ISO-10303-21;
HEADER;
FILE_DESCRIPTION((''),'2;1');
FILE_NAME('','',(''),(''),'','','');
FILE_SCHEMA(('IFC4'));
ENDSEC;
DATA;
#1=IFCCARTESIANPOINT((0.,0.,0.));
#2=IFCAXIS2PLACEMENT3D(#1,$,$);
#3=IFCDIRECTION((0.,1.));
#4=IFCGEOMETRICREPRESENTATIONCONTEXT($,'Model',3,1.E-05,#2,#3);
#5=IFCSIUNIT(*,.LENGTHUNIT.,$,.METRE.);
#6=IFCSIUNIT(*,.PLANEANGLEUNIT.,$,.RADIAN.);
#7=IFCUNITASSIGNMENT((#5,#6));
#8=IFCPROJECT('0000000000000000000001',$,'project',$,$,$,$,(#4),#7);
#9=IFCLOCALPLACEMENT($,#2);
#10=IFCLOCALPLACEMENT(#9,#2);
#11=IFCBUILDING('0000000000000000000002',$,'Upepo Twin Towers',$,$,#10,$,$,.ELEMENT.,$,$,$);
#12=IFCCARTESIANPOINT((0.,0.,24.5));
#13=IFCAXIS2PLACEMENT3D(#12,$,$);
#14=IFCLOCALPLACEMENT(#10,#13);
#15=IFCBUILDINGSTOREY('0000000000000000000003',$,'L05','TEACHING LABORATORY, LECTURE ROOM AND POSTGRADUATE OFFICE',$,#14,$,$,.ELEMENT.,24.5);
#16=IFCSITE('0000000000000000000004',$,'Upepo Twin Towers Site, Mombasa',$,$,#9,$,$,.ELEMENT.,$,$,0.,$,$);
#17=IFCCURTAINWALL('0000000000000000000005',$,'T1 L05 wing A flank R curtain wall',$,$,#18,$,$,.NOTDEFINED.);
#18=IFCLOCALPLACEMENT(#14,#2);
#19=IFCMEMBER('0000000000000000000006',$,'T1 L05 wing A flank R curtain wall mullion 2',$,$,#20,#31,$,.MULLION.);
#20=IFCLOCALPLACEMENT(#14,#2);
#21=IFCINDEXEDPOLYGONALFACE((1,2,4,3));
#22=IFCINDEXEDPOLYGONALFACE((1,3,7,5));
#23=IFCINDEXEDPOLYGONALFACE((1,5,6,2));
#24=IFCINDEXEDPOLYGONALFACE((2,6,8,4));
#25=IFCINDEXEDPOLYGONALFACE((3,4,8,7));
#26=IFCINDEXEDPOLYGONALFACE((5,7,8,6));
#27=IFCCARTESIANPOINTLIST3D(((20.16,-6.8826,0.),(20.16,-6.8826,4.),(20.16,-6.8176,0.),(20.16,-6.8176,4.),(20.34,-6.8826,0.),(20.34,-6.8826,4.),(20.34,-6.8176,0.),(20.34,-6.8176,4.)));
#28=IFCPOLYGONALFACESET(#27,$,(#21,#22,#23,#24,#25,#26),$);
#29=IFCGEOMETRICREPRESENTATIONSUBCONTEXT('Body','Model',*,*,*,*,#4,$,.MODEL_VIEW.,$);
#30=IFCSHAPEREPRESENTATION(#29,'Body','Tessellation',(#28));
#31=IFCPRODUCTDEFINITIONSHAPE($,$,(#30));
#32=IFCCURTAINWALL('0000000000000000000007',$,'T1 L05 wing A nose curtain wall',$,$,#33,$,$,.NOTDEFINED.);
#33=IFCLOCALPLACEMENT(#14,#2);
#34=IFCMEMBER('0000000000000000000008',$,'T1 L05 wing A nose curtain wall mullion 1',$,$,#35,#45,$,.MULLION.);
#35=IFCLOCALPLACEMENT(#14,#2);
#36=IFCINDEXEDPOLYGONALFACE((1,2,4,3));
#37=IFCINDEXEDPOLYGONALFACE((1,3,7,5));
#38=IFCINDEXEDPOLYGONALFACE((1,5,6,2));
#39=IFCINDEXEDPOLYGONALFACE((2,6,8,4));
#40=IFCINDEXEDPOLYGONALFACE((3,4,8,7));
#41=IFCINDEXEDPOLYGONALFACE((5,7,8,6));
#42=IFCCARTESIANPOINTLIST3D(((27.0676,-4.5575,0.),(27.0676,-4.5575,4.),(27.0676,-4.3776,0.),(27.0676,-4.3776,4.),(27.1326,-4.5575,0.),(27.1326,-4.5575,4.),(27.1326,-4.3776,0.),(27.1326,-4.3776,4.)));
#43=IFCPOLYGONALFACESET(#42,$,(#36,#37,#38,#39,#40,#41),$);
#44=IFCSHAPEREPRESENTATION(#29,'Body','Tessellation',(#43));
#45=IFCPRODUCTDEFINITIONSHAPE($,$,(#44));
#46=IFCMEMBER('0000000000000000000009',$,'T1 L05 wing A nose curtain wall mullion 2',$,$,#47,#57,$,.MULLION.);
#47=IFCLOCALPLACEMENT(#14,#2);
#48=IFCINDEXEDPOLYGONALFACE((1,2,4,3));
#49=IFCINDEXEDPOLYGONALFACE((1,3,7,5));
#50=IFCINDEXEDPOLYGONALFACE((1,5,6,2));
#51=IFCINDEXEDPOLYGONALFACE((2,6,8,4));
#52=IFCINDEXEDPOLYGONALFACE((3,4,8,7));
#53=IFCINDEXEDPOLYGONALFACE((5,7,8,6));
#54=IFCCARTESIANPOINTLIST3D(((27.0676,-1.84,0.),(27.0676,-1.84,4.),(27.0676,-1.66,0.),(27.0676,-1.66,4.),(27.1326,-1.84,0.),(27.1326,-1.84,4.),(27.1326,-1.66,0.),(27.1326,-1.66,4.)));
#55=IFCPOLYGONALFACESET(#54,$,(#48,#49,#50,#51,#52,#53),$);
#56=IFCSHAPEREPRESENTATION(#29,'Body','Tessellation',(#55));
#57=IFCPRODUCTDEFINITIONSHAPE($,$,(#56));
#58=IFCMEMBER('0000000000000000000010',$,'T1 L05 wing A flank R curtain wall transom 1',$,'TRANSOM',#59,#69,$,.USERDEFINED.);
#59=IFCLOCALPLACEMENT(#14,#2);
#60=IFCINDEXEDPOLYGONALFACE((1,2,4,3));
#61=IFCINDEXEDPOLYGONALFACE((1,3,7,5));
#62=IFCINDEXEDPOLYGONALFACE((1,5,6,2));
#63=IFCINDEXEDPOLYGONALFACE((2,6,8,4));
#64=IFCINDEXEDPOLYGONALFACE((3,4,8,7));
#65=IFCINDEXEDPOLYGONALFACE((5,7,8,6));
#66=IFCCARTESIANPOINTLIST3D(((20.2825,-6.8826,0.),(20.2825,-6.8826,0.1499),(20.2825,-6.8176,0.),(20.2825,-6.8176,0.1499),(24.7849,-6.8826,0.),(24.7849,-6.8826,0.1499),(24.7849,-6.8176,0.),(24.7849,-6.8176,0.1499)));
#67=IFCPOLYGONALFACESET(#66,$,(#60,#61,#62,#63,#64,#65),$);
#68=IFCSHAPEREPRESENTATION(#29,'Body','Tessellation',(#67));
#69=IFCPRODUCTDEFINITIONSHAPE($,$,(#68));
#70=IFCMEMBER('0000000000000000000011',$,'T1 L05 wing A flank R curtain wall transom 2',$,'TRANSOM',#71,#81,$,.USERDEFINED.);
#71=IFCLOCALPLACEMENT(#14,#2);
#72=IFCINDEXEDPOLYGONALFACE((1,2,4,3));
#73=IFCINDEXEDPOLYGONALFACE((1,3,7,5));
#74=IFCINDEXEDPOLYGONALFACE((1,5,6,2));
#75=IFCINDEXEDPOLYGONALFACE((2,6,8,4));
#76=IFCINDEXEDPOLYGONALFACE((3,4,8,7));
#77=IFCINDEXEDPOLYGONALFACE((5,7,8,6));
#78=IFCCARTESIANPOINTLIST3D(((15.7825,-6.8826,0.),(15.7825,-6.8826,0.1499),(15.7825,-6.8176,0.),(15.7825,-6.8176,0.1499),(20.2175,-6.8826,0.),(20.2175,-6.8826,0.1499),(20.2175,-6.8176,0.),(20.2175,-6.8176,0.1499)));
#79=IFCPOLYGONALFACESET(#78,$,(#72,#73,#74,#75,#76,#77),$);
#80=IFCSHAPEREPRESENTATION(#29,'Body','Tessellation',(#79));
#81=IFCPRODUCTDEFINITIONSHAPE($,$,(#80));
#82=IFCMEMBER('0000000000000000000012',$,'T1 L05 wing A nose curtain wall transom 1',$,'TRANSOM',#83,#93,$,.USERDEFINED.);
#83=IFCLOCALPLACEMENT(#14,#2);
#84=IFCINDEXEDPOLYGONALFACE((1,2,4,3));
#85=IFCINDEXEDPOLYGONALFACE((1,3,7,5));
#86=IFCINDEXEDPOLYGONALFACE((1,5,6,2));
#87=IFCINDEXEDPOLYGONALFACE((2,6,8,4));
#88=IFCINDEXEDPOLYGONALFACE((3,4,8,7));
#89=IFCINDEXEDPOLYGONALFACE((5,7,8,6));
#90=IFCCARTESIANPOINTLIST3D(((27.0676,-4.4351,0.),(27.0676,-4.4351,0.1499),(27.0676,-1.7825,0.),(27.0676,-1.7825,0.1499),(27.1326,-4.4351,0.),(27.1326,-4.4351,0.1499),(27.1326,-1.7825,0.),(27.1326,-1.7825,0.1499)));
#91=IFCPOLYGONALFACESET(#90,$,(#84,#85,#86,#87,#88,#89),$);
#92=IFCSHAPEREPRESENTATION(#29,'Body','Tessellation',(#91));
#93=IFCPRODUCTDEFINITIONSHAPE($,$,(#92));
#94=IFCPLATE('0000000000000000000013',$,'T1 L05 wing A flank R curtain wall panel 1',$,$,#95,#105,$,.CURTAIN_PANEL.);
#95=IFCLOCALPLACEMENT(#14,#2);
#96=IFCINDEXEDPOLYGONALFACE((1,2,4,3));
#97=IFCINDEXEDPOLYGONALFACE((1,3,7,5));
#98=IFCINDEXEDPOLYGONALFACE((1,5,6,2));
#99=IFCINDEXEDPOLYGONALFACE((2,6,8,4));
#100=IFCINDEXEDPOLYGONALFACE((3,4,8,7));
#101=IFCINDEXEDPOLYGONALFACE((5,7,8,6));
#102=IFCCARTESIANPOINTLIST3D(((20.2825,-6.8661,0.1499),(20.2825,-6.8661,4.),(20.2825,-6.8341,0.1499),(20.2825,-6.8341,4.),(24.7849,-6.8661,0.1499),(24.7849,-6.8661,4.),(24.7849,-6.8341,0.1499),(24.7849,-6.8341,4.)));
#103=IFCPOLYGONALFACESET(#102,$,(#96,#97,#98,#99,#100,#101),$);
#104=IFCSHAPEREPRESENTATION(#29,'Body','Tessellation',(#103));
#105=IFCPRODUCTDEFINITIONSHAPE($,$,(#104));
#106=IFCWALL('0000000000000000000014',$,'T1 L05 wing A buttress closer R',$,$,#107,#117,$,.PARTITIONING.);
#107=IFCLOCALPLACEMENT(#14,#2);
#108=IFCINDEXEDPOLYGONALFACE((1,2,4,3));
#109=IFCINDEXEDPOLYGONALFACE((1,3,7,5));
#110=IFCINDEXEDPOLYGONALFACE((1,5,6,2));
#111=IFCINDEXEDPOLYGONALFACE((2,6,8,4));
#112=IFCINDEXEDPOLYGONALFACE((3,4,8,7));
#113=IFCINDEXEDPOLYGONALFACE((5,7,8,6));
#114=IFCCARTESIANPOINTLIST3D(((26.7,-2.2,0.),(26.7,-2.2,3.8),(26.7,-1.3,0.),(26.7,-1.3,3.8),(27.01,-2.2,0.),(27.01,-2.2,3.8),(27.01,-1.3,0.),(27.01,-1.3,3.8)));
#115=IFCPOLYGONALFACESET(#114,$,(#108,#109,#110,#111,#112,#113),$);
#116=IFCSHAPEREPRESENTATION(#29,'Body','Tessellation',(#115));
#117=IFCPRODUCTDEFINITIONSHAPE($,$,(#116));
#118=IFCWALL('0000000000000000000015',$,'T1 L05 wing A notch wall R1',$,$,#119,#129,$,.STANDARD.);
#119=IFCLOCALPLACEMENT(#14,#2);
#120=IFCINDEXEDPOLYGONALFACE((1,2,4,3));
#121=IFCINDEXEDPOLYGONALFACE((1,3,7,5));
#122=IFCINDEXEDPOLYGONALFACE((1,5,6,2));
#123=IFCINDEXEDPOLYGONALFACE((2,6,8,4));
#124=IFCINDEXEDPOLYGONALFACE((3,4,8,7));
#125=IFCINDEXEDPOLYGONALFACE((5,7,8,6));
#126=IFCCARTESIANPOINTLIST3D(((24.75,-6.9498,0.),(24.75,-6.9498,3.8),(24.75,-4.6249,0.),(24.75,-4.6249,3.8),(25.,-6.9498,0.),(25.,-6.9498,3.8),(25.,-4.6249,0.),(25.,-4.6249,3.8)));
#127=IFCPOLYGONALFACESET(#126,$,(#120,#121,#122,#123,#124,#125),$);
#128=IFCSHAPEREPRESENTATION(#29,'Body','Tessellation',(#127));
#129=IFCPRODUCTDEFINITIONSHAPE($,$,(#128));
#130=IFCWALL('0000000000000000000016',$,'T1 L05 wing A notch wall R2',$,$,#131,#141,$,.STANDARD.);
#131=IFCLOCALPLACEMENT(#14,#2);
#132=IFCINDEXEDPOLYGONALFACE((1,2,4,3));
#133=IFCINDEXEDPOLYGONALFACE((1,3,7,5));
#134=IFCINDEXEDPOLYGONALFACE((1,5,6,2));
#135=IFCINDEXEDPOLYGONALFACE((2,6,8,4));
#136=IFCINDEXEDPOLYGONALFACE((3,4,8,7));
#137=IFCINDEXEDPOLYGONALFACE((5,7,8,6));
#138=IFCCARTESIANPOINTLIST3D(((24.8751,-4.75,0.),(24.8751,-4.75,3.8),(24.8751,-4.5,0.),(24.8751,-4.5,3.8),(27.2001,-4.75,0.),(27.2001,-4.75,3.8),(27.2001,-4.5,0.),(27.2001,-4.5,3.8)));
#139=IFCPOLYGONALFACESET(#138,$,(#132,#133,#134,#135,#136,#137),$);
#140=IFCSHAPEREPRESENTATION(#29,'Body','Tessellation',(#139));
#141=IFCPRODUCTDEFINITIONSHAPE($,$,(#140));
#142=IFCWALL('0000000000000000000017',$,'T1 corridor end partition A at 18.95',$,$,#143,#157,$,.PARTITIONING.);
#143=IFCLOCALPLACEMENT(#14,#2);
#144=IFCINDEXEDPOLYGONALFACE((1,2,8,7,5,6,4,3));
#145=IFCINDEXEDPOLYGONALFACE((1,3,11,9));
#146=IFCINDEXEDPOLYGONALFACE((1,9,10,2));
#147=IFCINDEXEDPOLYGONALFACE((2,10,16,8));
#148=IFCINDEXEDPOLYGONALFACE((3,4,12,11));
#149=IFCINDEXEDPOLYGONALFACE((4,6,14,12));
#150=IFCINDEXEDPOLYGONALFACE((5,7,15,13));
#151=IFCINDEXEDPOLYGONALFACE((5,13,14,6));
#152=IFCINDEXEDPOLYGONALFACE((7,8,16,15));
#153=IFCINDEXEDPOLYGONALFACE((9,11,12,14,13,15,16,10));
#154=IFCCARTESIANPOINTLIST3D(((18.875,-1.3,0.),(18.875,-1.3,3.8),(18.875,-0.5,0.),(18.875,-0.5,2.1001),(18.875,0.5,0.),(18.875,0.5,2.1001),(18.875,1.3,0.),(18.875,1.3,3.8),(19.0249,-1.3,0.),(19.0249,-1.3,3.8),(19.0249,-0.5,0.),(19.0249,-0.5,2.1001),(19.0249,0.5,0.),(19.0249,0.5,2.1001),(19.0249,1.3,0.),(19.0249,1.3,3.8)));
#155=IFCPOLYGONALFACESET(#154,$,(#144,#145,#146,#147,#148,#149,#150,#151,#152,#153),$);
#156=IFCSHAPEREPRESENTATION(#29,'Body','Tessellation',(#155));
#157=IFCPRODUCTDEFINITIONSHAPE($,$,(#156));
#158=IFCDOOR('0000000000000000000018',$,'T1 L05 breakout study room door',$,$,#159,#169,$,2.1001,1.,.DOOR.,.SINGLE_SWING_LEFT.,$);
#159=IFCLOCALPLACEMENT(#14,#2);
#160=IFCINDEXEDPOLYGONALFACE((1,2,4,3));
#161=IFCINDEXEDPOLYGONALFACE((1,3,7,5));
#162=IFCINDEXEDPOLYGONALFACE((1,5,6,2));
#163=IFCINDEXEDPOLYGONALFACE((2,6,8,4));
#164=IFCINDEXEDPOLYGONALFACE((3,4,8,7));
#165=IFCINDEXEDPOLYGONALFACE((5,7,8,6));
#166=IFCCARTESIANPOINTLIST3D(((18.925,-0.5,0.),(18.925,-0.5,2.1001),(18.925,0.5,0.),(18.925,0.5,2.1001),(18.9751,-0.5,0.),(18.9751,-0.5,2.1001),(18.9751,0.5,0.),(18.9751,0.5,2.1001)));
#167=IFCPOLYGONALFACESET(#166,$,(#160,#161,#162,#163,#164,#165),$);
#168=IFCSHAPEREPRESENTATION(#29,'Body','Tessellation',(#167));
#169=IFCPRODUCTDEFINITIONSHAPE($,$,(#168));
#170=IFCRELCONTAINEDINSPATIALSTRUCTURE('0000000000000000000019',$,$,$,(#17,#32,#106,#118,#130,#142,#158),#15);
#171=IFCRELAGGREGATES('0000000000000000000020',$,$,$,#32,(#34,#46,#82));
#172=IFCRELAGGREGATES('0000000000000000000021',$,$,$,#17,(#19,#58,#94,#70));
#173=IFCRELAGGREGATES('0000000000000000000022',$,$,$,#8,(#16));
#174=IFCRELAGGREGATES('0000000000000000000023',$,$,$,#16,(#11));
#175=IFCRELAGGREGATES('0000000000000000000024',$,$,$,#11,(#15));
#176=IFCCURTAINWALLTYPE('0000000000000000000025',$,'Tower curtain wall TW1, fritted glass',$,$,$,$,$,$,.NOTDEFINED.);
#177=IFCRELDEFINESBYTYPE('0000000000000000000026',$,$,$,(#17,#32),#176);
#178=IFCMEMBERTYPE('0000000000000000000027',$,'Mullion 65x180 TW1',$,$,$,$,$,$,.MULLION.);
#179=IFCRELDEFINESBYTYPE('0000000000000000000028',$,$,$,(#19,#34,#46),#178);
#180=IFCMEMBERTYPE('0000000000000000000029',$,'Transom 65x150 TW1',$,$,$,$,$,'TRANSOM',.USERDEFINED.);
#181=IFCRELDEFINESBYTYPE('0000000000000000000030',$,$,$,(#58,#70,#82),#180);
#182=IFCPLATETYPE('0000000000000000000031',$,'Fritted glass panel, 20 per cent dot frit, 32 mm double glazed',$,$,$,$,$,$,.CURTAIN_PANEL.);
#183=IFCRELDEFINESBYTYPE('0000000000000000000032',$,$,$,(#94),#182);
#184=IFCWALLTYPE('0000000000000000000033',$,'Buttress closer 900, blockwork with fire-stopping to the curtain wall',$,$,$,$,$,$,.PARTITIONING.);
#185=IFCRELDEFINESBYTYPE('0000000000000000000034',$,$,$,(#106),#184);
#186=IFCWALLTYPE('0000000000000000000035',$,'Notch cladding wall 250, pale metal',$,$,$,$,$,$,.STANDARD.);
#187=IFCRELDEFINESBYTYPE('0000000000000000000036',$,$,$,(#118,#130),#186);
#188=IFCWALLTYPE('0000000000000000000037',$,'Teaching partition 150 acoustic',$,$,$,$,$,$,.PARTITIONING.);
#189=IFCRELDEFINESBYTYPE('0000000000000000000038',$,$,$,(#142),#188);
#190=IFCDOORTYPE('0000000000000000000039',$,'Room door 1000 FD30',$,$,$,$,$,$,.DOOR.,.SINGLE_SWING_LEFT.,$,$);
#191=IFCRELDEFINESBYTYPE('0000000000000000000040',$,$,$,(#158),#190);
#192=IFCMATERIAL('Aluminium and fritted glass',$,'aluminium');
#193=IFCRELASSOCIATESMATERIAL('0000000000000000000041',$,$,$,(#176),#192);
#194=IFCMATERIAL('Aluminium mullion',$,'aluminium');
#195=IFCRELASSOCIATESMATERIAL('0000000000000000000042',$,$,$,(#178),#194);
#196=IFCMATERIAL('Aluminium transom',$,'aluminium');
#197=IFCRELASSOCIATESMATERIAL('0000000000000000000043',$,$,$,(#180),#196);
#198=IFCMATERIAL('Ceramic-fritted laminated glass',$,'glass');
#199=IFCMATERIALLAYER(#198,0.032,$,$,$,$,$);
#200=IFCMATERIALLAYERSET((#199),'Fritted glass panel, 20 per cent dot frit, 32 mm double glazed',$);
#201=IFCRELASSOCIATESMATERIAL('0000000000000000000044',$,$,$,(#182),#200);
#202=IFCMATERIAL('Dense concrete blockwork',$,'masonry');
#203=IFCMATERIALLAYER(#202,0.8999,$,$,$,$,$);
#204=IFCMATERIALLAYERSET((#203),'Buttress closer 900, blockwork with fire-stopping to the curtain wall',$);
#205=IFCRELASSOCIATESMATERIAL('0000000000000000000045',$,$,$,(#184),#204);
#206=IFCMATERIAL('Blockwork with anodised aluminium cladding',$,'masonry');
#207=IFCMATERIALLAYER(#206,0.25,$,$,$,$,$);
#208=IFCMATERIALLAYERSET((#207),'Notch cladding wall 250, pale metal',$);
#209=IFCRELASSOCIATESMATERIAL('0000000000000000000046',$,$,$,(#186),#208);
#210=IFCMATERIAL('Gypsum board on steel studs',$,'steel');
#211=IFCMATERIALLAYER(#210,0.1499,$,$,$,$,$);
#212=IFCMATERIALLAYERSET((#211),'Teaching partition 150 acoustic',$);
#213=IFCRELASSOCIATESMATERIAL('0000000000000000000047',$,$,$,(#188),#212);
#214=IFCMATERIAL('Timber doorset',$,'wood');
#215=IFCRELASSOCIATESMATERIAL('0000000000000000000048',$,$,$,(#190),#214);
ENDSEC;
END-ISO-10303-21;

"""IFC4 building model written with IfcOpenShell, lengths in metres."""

from ifc_helpers import new_model, si_unit, direction, frame, frame_2d, origin, origin_2d, place, context, subcontext, project, spatial, rectangle, extrude, material, layer, layer_set, material_profile, profile_set, type_object, element, fill, aggregate, save


model = new_model("IFC4")

# Units and contexts
model_context = context("Model", 3, precision=1e-05, world=origin(), true_north=direction((0.0, 1.0)))
body_context = subcontext(model_context, "Body", "Model", "MODEL_VIEW")
ifc_project = project(units=[si_unit("LENGTHUNIT", "METRE"), si_unit("PLANEANGLEUNIT", "RADIAN")], contexts=[model_context])

# Site, building, storey
site_placement = place(None, origin())
site = spatial("IfcSite", under=ifc_project, at=site_placement, Name="Upepo Twin Towers Site, Mombasa", CompositionType="ELEMENT", RefElevation=0.0)
building_placement = place(site_placement, origin())
building = spatial("IfcBuilding", under=site, at=building_placement, Name="Upepo Twin Towers", CompositionType="ELEMENT")
storey_placement = place(building_placement, frame((0.0, 0.0, 24.5)))
storey = spatial("IfcBuildingStorey", under=building, at=storey_placement, Name="L05", Description="TEACHING LABORATORY, LECTURE ROOM AND POSTGRADUATE OFFICE", CompositionType="ELEMENT", Elevation=24.5)

# Curtain walls, members
ifc_material_1 = material(Name="Aluminium and fritted glass", Category="aluminium")
curtain_wall_type = type_object("IfcCurtainWallType", Name="Tower curtain wall TW1, fritted glass", PredefinedType="NOTDEFINED", material=ifc_material_1)
curtain_wall_1_placement = place(storey_placement, origin())
curtain_wall_1 = element("IfcCurtainWall", 1, at=curtain_wall_1_placement, inside=storey, type_object=curtain_wall_type, Name="T1 L05 wing A flank R curtain wall", PredefinedType="NOTDEFINED")
ifc_material_2 = material(Name="Aluminium mullion", Category="aluminium")
ifc_material_profile_1 = material_profile(ifc_material_2, rectangle(XDim=0.0649, YDim=0.1799, at=origin_2d()), Name="MULLION 65x180")
ifc_profile_set_1 = profile_set([ifc_material_profile_1], Name="Aluminium mullion")
member_type_1 = type_object("IfcMemberType", Name="Mullion 65x180 TW1", PredefinedType="MULLION", material=ifc_profile_set_1)
member_1_placement = place(storey_placement, frame((20.25, -6.8501, 0.0), z_axis=(0.0, 0.0, 1.0), x_axis=(0.0, -1.0, 0.0)))
member_1 = element("IfcMember", 2, at=member_1_placement, type_object=member_type_1, Name="T1 L05 wing A flank R curtain wall mullion 2", PredefinedType="MULLION", context=body_context, shape_type="SweptSolid", body=[
    extrude(rectangle(XDim=0.0649, YDim=0.1799, at=origin_2d()), origin(), (0.0, 0.0, 1.0), 4.0),
])
curtain_wall_2_placement = place(storey_placement, origin())
curtain_wall_2 = element("IfcCurtainWall", 3, at=curtain_wall_2_placement, inside=storey, type_object=curtain_wall_type, Name="T1 L05 wing A nose curtain wall", PredefinedType="NOTDEFINED")
member_2_placement = place(storey_placement, frame((27.1001, -4.4675, 0.0), z_axis=(0.0, 0.0, 1.0), x_axis=(-1.0, 0.0, 0.0)))
member_2 = element("IfcMember", 4, at=member_2_placement, type_object=member_type_1, Name="T1 L05 wing A nose curtain wall mullion 1", PredefinedType="MULLION", context=body_context, shape_type="SweptSolid", body=[
    extrude(rectangle(XDim=0.0649, YDim=0.1799, at=origin_2d()), origin(), (0.0, 0.0, 1.0), 4.0),
])
member_3_placement = place(storey_placement, frame((27.1001, -1.75, 0.0), z_axis=(0.0, 0.0, 1.0), x_axis=(-1.0, 0.0, 0.0)))
member_3 = element("IfcMember", 5, at=member_3_placement, type_object=member_type_1, Name="T1 L05 wing A nose curtain wall mullion 2", PredefinedType="MULLION", context=body_context, shape_type="SweptSolid", body=[
    extrude(rectangle(XDim=0.0649, YDim=0.1799, at=origin_2d()), origin(), (0.0, 0.0, 1.0), 4.0),
])

# Members
ifc_material_3 = material(Name="Aluminium transom", Category="aluminium")
ifc_material_profile_2 = material_profile(ifc_material_3, rectangle(XDim=0.0649, YDim=0.1499, at=origin_2d()), Name="TRANSOM 65x150")
ifc_profile_set_2 = profile_set([ifc_material_profile_2], Name="Aluminium transom")
member_type_2 = type_object("IfcMemberType", Name="Transom 65x150 TW1", ElementType="TRANSOM", PredefinedType="USERDEFINED", material=ifc_profile_set_2)
member_4_placement = place(storey_placement, frame((24.7849, -6.8501, 0.075), z_axis=(-1.0, 0.0, 0.0), x_axis=(0.0, -1.0, 0.0)))
member_4 = element("IfcMember", 6, at=member_4_placement, type_object=member_type_2, Name="T1 L05 wing A flank R curtain wall transom 1", ObjectType="TRANSOM", PredefinedType="USERDEFINED", context=body_context, shape_type="SweptSolid", body=[
    extrude(rectangle(XDim=0.0649, YDim=0.1499, at=origin_2d()), origin(), (0.0, 0.0, 1.0), 4.5024),
])
member_5_placement = place(storey_placement, frame((20.2175, -6.8501, 0.075), z_axis=(-1.0, 0.0, 0.0), x_axis=(0.0, -1.0, 0.0)))
member_5 = element("IfcMember", 7, at=member_5_placement, type_object=member_type_2, Name="T1 L05 wing A flank R curtain wall transom 2", ObjectType="TRANSOM", PredefinedType="USERDEFINED", context=body_context, shape_type="SweptSolid", body=[
    extrude(rectangle(XDim=0.0649, YDim=0.1499, at=origin_2d()), origin(), (0.0, 0.0, 1.0), 4.4351),
])
member_6_placement = place(storey_placement, frame((27.1001, -4.4351, 0.075), z_axis=(0.0, 1.0, 0.0), x_axis=(-1.0, 0.0, 0.0)))
member_6 = element("IfcMember", 8, at=member_6_placement, type_object=member_type_2, Name="T1 L05 wing A nose curtain wall transom 1", ObjectType="TRANSOM", PredefinedType="USERDEFINED", context=body_context, shape_type="SweptSolid", body=[
    extrude(rectangle(XDim=0.0649, YDim=0.1499, at=origin_2d()), origin(), (0.0, 0.0, 1.0), 2.6526),
])
aggregate(curtain_wall_2, [member_2, member_3, member_6])

# Plate
ifc_material_4 = material(Name="Ceramic-fritted laminated glass", Category="glass")
ifc_layer_1 = layer(ifc_material_4, 0.032)
ifc_layer_set_1 = layer_set([ifc_layer_1], Name="Fritted glass panel, 20 per cent dot frit, 32 mm double glazed")
plate_type = type_object("IfcPlateType", Name="Fritted glass panel, 20 per cent dot frit, 32 mm double glazed", PredefinedType="CURTAIN_PANEL", material=ifc_layer_set_1)
plate_placement = place(storey_placement, frame((22.5337, -6.8501, 0.1499), z_axis=(0.0, 0.0, 1.0), x_axis=(-1.0, 0.0, 0.0)))
plate = element("IfcPlate", 9, at=plate_placement, type_object=plate_type, Name="T1 L05 wing A flank R curtain wall panel 1", PredefinedType="CURTAIN_PANEL", context=body_context, shape_type="SweptSolid", body=[
    extrude(rectangle(XDim=4.5024, YDim=0.032, at=origin_2d()), origin(), (0.0, 0.0, 1.0), 3.8501),
])
aggregate(curtain_wall_1, [member_1, member_4, plate, member_5])

# Walls
ifc_material_5 = material(Name="Dense concrete blockwork", Category="masonry")
ifc_layer_2 = layer(ifc_material_5, 0.8999)
ifc_layer_set_2 = layer_set([ifc_layer_2], Name="Buttress closer 900, blockwork with fire-stopping to the curtain wall")
wall_type_1 = type_object("IfcWallType", Name="Buttress closer 900, blockwork with fire-stopping to the curtain wall", PredefinedType="PARTITIONING", material=ifc_layer_set_2)
wall_1_placement = place(storey_placement, frame((26.7, -1.75, 0.0), z_axis=(0.0, 0.0, 1.0), x_axis=(1.0, 0.0, 0.0)))
element("IfcWall", 10, at=wall_1_placement, inside=storey, type_object=wall_type_1, Name="T1 L05 wing A buttress closer R", PredefinedType="PARTITIONING", context=body_context, shape_type="SweptSolid", body=[
    extrude(rectangle(XDim=0.3101, YDim=0.8999, at=frame_2d((0.155, 0.0))), origin(), (0.0, 0.0, 1.0), 3.8),
])
ifc_material_6 = material(Name="Blockwork with anodised aluminium cladding", Category="masonry")
ifc_layer_3 = layer(ifc_material_6, 0.25)
ifc_layer_set_3 = layer_set([ifc_layer_3], Name="Notch cladding wall 250, pale metal")
wall_type_2 = type_object("IfcWallType", Name="Notch cladding wall 250, pale metal", PredefinedType="STANDARD", material=ifc_layer_set_3)
for number, where, z_axis, x_axis, name in (
    (11, (24.875, -6.95, 0.0), (0.0, 0.0, 1.0), (0.0, 1.0, 0.0), "T1 L05 wing A notch wall R1"),
    (12, (24.875, -4.625, 0.0), (0.0, 0.0, 1.0), (1.0, 0.0, 0.0), "T1 L05 wing A notch wall R2"),
):
    element("IfcWall", number, at=place(storey_placement, frame(where, z_axis=z_axis, x_axis=x_axis)), inside=storey, type_object=wall_type_2, Name=name, PredefinedType="STANDARD", context=body_context, shape_type="SweptSolid", body=[
        extrude(rectangle(XDim=2.325, YDim=0.25, at=frame_2d((1.1626, 0.0))), origin(), (0.0, 0.0, 1.0), 3.8),
    ])

# Wall, opening, door
ifc_material_7 = material(Name="Gypsum board on steel studs", Category="steel")
ifc_layer_4 = layer(ifc_material_7, 0.1499)
ifc_layer_set_4 = layer_set([ifc_layer_4], Name="Teaching partition 150 acoustic")
wall_type_3 = type_object("IfcWallType", Name="Teaching partition 150 acoustic", PredefinedType="PARTITIONING", material=ifc_layer_set_4)
wall_2_placement = place(storey_placement, frame((18.95, -1.3, 0.0), z_axis=(0.0, 0.0, 1.0), x_axis=(0.0, 1.0, 0.0)))
wall_2 = element("IfcWall", 13, at=wall_2_placement, inside=storey, type_object=wall_type_3, Name="T1 corridor end partition A at 18.95", PredefinedType="PARTITIONING", context=body_context, shape_type="SweptSolid", body=[
    extrude(rectangle(XDim=2.6001, YDim=0.1499, at=frame_2d((1.3, 0.0))), origin(), (0.0, 0.0, 1.0), 3.8),
])
opening_placement = place(wall_2_placement, frame((0.8, 0.0, 0.0)))
opening = element("IfcOpeningElement", 14, at=opening_placement, cuts=wall_2, PredefinedType="OPENING", context=body_context, shape_type="SweptSolid", body=[
    extrude(rectangle(XDim=1.0, YDim=2.1001, at=frame_2d((0.5, 1.05))), frame((0.0, 0.085, 0.0), z_axis=(0.0, -1.0, 0.0), x_axis=(1.0, 0.0, 0.0)), (0.0, 0.0, 1.0), 0.1699),
])
ifc_material_8 = material(Name="Timber doorset", Category="wood")
door_type = type_object("IfcDoorType", Name="Room door 1000 FD30", OperationType="SINGLE_SWING_LEFT", PredefinedType="DOOR", material=ifc_material_8)
door_placement = place(opening_placement, origin())
door = element("IfcDoor", 15, at=door_placement, inside=storey, type_object=door_type, Name="T1 L05 breakout study room door", OperationType="SINGLE_SWING_LEFT", OverallHeight=2.1001, OverallWidth=1.0, PredefinedType="DOOR", context=body_context, shape_type="SweptSolid", body=[
    extrude(rectangle(XDim=1.0, YDim=2.1001, at=frame_2d((0.5, 1.05))), frame((0.0, 0.0249, 0.0), z_axis=(0.0, -1.0, 0.0), x_axis=(1.0, 0.0, 0.0)), (0.0, 0.0, 1.0), 0.05),
])
fill(opening, door)

save(model, "model.ifc")
